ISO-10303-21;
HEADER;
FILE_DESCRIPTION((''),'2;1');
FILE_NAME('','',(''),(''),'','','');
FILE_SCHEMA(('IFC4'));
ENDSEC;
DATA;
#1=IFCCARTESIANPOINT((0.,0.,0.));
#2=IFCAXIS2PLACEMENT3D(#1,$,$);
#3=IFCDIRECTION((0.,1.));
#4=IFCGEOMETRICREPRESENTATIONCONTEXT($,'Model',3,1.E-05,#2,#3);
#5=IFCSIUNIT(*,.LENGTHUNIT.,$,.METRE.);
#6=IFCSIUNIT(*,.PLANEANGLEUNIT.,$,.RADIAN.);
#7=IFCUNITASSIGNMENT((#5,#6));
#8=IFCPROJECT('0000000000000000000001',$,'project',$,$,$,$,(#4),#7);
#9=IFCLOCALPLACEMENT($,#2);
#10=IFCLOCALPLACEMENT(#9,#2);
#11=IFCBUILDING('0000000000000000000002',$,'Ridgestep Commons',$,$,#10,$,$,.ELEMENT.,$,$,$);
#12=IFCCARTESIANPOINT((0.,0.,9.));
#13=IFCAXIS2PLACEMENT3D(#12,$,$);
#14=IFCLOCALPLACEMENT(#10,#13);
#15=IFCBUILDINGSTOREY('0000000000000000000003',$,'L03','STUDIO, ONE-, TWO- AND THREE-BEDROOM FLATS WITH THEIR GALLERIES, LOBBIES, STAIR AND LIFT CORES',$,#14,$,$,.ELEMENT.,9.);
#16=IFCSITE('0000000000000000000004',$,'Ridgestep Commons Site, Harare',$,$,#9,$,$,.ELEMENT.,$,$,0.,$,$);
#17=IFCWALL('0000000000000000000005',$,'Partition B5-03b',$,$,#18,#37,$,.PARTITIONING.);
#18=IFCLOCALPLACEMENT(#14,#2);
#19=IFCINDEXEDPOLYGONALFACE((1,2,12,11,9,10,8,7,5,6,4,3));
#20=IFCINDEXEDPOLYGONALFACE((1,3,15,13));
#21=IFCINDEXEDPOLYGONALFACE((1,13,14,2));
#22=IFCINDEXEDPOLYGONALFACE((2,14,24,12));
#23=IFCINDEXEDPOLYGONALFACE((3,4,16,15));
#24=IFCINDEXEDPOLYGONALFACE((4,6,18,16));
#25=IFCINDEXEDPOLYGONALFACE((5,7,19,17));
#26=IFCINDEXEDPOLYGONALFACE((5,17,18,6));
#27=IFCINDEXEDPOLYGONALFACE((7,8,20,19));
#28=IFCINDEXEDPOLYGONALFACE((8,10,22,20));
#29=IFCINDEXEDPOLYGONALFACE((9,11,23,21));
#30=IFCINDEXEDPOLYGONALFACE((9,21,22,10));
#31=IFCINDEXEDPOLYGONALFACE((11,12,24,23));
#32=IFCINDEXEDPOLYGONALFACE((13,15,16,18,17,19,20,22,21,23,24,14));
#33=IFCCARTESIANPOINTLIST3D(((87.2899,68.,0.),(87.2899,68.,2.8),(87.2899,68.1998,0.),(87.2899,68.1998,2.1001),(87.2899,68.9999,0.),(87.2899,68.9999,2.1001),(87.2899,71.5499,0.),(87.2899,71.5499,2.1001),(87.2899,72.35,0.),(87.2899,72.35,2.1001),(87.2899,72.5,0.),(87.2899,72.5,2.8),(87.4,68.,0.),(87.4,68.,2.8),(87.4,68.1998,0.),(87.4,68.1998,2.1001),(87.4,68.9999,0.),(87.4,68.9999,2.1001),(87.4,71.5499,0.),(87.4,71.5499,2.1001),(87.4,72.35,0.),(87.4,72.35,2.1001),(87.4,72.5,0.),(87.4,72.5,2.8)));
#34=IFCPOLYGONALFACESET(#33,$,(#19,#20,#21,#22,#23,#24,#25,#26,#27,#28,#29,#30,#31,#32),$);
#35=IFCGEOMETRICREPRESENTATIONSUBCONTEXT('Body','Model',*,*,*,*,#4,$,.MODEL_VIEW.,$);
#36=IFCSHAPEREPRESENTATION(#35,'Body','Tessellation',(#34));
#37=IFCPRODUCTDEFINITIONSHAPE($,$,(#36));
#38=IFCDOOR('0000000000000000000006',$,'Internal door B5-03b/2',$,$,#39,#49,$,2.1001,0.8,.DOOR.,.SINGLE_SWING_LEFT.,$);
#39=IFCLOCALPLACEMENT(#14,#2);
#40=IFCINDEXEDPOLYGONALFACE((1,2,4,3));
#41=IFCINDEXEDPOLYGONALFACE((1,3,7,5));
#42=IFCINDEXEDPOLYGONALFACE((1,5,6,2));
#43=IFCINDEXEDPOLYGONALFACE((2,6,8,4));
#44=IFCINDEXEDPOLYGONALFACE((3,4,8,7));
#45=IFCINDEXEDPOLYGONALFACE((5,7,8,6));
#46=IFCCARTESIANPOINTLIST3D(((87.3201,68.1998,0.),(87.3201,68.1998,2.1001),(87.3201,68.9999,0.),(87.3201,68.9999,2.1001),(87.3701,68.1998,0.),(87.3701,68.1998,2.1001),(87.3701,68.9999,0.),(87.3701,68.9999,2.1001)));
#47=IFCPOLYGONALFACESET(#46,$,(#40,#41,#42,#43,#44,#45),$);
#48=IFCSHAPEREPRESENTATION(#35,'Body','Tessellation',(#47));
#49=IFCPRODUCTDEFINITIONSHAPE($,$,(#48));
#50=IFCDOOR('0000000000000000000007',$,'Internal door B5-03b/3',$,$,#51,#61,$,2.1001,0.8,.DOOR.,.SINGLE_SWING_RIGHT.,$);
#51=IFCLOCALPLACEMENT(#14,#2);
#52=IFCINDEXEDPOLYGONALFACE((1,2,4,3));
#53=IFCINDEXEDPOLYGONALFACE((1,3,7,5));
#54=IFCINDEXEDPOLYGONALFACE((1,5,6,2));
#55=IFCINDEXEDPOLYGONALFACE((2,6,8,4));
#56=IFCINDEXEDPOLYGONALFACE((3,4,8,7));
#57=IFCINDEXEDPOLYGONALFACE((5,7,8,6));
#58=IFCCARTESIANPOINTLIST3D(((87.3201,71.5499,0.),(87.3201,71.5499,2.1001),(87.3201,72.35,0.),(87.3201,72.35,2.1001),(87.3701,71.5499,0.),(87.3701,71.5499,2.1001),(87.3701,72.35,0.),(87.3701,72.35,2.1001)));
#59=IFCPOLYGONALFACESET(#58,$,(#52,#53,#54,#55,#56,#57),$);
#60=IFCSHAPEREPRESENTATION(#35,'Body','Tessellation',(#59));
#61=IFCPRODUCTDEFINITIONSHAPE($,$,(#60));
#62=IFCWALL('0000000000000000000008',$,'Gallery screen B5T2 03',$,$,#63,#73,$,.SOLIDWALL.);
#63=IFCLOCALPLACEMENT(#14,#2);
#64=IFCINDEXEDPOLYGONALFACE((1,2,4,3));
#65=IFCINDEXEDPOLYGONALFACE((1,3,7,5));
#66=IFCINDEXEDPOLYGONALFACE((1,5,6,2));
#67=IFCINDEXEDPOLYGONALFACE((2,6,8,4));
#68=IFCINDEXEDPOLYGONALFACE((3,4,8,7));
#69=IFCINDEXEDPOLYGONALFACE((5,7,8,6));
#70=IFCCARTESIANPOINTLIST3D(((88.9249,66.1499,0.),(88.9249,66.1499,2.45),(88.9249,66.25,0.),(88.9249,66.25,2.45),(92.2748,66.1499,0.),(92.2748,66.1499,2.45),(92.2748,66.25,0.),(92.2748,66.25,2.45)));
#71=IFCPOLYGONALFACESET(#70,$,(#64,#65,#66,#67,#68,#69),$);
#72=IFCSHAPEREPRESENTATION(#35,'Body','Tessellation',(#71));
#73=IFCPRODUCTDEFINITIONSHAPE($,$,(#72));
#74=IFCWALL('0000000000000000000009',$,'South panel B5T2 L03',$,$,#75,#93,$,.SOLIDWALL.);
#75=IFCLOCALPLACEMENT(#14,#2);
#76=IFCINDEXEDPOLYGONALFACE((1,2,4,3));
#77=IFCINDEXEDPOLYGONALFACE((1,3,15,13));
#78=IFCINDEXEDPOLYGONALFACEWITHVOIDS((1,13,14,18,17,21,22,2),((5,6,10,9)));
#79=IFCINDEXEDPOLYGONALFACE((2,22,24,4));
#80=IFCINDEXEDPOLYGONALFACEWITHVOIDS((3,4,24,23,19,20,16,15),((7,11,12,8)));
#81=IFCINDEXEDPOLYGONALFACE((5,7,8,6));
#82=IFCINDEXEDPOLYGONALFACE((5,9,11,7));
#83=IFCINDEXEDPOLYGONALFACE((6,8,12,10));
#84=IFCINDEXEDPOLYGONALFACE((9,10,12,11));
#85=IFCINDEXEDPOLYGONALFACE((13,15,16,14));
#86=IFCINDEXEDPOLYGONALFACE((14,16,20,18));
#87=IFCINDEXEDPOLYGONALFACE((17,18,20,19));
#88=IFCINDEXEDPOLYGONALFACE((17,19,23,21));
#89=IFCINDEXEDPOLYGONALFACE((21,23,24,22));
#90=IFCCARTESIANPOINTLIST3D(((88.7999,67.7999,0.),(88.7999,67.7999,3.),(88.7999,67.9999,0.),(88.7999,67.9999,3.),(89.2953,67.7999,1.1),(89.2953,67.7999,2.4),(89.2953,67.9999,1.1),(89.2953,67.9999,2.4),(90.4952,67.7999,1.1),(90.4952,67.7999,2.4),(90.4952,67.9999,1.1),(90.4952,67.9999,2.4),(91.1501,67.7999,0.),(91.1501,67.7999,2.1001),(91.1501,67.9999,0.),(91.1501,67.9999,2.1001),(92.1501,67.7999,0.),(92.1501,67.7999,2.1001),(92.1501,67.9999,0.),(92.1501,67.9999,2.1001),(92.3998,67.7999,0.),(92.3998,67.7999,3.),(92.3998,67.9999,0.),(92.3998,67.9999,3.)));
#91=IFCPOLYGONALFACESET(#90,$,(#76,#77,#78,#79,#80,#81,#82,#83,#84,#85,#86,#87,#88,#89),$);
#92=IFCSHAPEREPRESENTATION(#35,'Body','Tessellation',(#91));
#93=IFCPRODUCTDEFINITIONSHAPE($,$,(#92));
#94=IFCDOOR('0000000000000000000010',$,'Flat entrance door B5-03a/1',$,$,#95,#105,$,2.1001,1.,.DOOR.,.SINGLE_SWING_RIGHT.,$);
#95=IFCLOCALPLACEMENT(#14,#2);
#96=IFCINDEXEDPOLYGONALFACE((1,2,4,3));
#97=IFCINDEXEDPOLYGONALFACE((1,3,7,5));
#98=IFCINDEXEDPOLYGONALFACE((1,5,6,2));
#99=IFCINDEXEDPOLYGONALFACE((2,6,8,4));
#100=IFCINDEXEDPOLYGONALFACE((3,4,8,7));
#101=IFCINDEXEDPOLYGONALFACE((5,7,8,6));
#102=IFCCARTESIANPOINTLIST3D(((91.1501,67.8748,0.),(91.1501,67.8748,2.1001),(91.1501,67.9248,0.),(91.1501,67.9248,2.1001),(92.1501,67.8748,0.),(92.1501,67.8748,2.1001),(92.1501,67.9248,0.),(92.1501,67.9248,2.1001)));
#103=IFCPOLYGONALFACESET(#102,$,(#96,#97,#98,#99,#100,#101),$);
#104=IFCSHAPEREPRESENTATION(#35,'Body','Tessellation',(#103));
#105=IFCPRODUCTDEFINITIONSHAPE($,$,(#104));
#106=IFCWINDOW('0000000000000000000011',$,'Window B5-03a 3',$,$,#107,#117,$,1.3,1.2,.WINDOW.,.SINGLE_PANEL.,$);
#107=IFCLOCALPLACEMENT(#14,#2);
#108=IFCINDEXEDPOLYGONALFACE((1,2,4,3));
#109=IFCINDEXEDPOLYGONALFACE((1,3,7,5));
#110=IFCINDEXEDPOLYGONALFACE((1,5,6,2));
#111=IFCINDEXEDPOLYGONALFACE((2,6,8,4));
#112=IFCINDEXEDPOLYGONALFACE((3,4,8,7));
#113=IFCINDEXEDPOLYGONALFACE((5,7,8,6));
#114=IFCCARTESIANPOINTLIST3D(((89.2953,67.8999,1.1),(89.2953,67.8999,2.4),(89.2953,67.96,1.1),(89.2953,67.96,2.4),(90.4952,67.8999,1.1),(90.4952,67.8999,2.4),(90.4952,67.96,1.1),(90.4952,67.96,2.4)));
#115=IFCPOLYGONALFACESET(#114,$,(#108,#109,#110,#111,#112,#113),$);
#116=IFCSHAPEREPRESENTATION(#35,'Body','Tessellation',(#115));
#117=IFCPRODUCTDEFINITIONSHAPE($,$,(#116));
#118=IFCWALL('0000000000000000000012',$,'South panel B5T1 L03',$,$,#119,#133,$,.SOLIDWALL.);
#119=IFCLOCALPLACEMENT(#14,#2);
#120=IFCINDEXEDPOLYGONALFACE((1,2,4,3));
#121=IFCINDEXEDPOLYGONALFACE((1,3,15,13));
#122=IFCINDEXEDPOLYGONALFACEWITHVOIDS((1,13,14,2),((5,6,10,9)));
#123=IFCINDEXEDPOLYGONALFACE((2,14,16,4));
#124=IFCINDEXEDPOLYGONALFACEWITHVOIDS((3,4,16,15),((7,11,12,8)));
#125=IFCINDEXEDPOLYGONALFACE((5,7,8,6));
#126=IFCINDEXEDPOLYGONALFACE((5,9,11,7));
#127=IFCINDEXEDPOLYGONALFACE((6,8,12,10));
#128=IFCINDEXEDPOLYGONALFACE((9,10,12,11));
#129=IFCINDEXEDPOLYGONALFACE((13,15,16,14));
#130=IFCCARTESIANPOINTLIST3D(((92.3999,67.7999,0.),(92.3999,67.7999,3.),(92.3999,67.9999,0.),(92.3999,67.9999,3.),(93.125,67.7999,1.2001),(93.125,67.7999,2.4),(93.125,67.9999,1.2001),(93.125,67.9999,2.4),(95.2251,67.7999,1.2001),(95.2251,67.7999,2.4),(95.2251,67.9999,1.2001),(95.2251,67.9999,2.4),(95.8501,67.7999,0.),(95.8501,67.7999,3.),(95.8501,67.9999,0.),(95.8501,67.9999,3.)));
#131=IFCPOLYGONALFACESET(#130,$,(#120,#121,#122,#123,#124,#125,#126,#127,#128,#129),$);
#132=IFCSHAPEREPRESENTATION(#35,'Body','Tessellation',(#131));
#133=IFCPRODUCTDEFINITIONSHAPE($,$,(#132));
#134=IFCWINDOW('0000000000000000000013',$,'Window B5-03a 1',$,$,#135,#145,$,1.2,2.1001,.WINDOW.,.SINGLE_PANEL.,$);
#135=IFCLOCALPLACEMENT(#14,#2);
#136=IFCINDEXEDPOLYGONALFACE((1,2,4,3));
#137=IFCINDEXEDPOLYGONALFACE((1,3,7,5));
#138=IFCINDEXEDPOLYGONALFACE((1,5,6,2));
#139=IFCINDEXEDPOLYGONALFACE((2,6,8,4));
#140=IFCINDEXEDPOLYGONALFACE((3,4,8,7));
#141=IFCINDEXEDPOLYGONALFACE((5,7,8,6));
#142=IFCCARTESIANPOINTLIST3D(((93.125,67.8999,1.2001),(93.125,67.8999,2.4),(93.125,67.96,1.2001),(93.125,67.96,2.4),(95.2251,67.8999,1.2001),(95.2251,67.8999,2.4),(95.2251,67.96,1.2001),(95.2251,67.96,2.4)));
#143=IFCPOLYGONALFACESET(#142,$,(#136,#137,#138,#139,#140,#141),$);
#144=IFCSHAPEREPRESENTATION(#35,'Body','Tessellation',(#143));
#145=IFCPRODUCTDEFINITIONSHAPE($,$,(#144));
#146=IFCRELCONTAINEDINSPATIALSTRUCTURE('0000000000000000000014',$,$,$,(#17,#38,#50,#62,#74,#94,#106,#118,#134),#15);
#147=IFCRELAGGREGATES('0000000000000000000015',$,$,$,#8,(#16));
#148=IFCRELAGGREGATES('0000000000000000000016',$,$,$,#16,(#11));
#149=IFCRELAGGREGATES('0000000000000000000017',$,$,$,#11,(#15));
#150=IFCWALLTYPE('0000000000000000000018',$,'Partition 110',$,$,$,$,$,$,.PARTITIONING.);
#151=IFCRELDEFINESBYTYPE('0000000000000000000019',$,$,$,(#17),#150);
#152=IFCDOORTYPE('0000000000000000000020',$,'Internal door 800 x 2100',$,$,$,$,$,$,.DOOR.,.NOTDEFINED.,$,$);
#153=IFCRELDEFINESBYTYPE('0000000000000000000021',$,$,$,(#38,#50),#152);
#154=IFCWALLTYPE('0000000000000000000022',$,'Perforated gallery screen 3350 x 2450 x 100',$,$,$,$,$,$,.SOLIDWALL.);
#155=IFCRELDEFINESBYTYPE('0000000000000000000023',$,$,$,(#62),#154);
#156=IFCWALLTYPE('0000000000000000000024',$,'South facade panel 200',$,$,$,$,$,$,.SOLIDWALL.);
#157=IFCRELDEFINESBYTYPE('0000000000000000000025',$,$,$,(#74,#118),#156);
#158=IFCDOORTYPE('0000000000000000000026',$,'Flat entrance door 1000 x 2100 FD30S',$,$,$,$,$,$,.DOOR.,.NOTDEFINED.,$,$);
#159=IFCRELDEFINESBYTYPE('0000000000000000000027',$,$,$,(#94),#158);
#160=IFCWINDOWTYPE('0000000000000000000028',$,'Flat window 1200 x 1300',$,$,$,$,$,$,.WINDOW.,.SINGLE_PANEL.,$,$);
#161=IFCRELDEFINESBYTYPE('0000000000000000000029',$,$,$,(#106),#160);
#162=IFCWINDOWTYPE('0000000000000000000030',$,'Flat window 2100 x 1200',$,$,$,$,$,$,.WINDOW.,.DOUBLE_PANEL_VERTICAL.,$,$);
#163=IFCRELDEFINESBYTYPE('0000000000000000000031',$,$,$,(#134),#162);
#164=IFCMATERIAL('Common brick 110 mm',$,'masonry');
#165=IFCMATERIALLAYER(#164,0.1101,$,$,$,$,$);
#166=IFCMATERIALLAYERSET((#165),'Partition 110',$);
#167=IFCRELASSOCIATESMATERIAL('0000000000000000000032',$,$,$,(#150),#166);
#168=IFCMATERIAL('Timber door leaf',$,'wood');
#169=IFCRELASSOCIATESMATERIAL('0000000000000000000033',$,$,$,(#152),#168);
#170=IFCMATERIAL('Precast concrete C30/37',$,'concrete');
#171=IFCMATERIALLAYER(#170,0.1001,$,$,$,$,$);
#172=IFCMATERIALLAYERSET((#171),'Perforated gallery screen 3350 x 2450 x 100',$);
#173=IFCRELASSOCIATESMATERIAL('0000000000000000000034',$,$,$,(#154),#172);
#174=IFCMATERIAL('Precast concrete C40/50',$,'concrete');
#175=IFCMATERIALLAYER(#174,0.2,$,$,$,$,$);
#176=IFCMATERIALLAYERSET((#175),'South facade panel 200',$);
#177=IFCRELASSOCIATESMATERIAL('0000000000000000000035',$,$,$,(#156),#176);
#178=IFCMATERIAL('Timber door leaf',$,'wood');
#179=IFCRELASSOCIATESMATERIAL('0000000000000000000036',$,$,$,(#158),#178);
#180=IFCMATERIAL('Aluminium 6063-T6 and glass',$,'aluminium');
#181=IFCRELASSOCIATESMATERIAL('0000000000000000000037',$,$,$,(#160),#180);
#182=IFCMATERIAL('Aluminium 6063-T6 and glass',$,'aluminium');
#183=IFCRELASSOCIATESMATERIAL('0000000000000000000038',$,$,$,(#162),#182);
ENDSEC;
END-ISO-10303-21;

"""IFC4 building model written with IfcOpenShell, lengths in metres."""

from ifc_helpers import new_model, si_unit, direction, frame, frame_2d, origin, place, context, subcontext, project, spatial, rectangle, extrude, material, layer, layer_set, type_object, element, fill, save


model = new_model("IFC4")

# Units and contexts
model_context = context("Model", 3, precision=1e-05, world=origin(), true_north=direction((0.0, 1.0)))
body_context = subcontext(model_context, "Body", "Model", "MODEL_VIEW")
ifc_project = project(units=[si_unit("LENGTHUNIT", "METRE"), si_unit("PLANEANGLEUNIT", "RADIAN")], contexts=[model_context])

# Site, building, storey
site_placement = place(None, origin())
site = spatial("IfcSite", under=ifc_project, at=site_placement, Name="Ridgestep Commons Site, Harare", CompositionType="ELEMENT", RefElevation=0.0)
building_placement = place(site_placement, origin())
building = spatial("IfcBuilding", under=site, at=building_placement, Name="Ridgestep Commons", CompositionType="ELEMENT")
storey_placement = place(building_placement, frame((0.0, 0.0, 9.0)))
storey = spatial("IfcBuildingStorey", under=building, at=storey_placement, Name="L03", Description="STUDIO, ONE-, TWO- AND THREE-BEDROOM FLATS WITH THEIR GALLERIES, LOBBIES, STAIR AND LIFT CORES", CompositionType="ELEMENT", Elevation=9.0)

# Shared definitions
ifc_material_1 = material(Name="Common brick 110 mm", Category="masonry")
ifc_layer_1 = layer(ifc_material_1, 0.1101)
ifc_layer_set_1 = layer_set([ifc_layer_1], Name="Partition 110")
wall_type_1 = type_object("IfcWallType", Name="Partition 110", PredefinedType="PARTITIONING", material=ifc_layer_set_1)

# Wall, openings, doors
ifc_material_2 = material(Name="Timber door leaf", Category="wood")
door_type_1 = type_object("IfcDoorType", Name="Internal door 800 x 2100", OperationType="NOTDEFINED", PredefinedType="DOOR", material=ifc_material_2)
wall_1_placement = place(storey_placement, frame((87.345, 68.0, 0.0), z_axis=(0.0, 0.0, 1.0), x_axis=(0.0, 1.0, 0.0)))
wall_1 = element("IfcWall", 1, at=wall_1_placement, inside=storey, type_object=wall_type_1, Name="Partition B5-03b", PredefinedType="PARTITIONING", context=body_context, shape_type="SweptSolid", body=[
    extrude(rectangle(XDim=4.5, YDim=0.1101, at=frame_2d((2.25, 0.0))), origin(), (0.0, 0.0, 1.0), 2.8),
])
opening_1_placement = place(wall_1_placement, frame((0.2, 0.0, 0.0)))
opening_1 = element("IfcOpeningElement", 2, at=opening_1_placement, cuts=wall_1, PredefinedType="OPENING", context=body_context, shape_type="SweptSolid", body=[
    extrude(rectangle(XDim=0.8, YDim=2.1001, at=frame_2d((0.3999, 1.05))), frame((0.0, 0.0649, 0.0), z_axis=(0.0, -1.0, 0.0), x_axis=(1.0, 0.0, 0.0)), (0.0, 0.0, 1.0), 0.1301),
])
opening_2_placement = place(wall_1_placement, frame((3.55, 0.0, 0.0)))
opening_2 = element("IfcOpeningElement", 3, at=opening_2_placement, cuts=wall_1, PredefinedType="OPENING", context=body_context, shape_type="SweptSolid", body=[
    extrude(rectangle(XDim=0.8, YDim=2.1001, at=frame_2d((0.3999, 1.05))), frame((0.0, 0.0649, 0.0), z_axis=(0.0, -1.0, 0.0), x_axis=(1.0, 0.0, 0.0)), (0.0, 0.0, 1.0), 0.1301),
])
door_1_placement = place(opening_1_placement, origin())
door_1 = element("IfcDoor", 4, at=door_1_placement, inside=storey, type_object=door_type_1, Name="Internal door B5-03b/2", OperationType="SINGLE_SWING_LEFT", OverallHeight=2.1001, OverallWidth=0.8, PredefinedType="DOOR", context=body_context, shape_type="SweptSolid", body=[
    extrude(rectangle(XDim=0.8, YDim=2.1001, at=frame_2d((0.3999, 1.05))), frame((0.0, 0.0249, 0.0), z_axis=(0.0, -1.0, 0.0), x_axis=(1.0, 0.0, 0.0)), (0.0, 0.0, 1.0), 0.05),
])
fill(opening_1, door_1)
door_2_placement = place(opening_2_placement, origin())
door_2 = element("IfcDoor", 5, at=door_2_placement, inside=storey, type_object=door_type_1, Name="Internal door B5-03b/3", OperationType="SINGLE_SWING_RIGHT", OverallHeight=2.1001, OverallWidth=0.8, PredefinedType="DOOR", context=body_context, shape_type="SweptSolid", body=[
    extrude(rectangle(XDim=0.8, YDim=2.1001, at=frame_2d((0.3999, 1.05))), frame((0.0, 0.0249, 0.0), z_axis=(0.0, -1.0, 0.0), x_axis=(1.0, 0.0, 0.0)), (0.0, 0.0, 1.0), 0.05),
])
fill(opening_2, door_2)

# Wall
ifc_material_3 = material(Name="Precast concrete C30/37", Category="concrete")
ifc_layer_2 = layer(ifc_material_3, 0.1001)
ifc_layer_set_2 = layer_set([ifc_layer_2], Name="Perforated gallery screen 3350 x 2450 x 100")
wall_type_2 = type_object("IfcWallType", Name="Perforated gallery screen 3350 x 2450 x 100", PredefinedType="SOLIDWALL", material=ifc_layer_set_2)
wall_2_placement = place(storey_placement, frame((88.925, 66.2, 0.0), z_axis=(0.0, 0.0, 1.0), x_axis=(1.0, 0.0, 0.0)))
element("IfcWall", 6, at=wall_2_placement, inside=storey, type_object=wall_type_2, Name="Gallery screen B5T2 03", PredefinedType="SOLIDWALL", context=body_context, shape_type="SweptSolid", body=[
    extrude(rectangle(XDim=3.3499, YDim=0.1001, at=frame_2d((1.6748, 0.0))), origin(), (0.0, 0.0, 1.0), 2.45),
])

# Wall, openings, door, window
ifc_material_4 = material(Name="Precast concrete C40/50", Category="concrete")
ifc_layer_3 = layer(ifc_material_4, 0.2)
ifc_layer_set_3 = layer_set([ifc_layer_3], Name="South facade panel 200")
wall_type_3 = type_object("IfcWallType", Name="South facade panel 200", PredefinedType="SOLIDWALL", material=ifc_layer_set_3)
wall_3_placement = place(storey_placement, frame((88.8, 67.8999, 0.0), z_axis=(0.0, 0.0, 1.0), x_axis=(1.0, 0.0, 0.0)))
wall_3 = element("IfcWall", 7, at=wall_3_placement, inside=storey, type_object=wall_type_3, Name="South panel B5T2 L03", PredefinedType="SOLIDWALL", context=body_context, shape_type="SweptSolid", body=[
    extrude(rectangle(XDim=3.5999, YDim=0.2, at=frame_2d((1.7998, 0.0))), origin(), (0.0, 0.0, 1.0), 3.0),
])
opening_3_placement = place(wall_3_placement, frame((0.4951, 0.0, 1.1001)))
opening_3 = element("IfcOpeningElement", 8, at=opening_3_placement, cuts=wall_3, PredefinedType="OPENING", context=body_context, shape_type="SweptSolid", body=[
    extrude(rectangle(XDim=1.2, YDim=1.3, at=frame_2d((0.6001, 0.6499))), frame((0.0, 0.1099, 0.0), z_axis=(0.0, -1.0, 0.0), x_axis=(1.0, 0.0, 0.0)), (0.0, 0.0, 1.0), 0.22),
])
opening_4_placement = place(wall_3_placement, frame((2.3501, 0.0, 0.0)))
opening_4 = element("IfcOpeningElement", 9, at=opening_4_placement, cuts=wall_3, PredefinedType="OPENING", context=body_context, shape_type="SweptSolid", body=[
    extrude(rectangle(XDim=1.0, YDim=2.1001, at=frame_2d((0.5, 1.05))), frame((0.0, 0.1099, 0.0), z_axis=(0.0, -1.0, 0.0), x_axis=(1.0, 0.0, 0.0)), (0.0, 0.0, 1.0), 0.22),
])
ifc_material_5 = material(Name="Timber door leaf", Category="wood")
door_type_2 = type_object("IfcDoorType", Name="Flat entrance door 1000 x 2100 FD30S", OperationType="NOTDEFINED", PredefinedType="DOOR", material=ifc_material_5)
door_3_placement = place(opening_4_placement, origin())
door_3 = element("IfcDoor", 10, at=door_3_placement, inside=storey, type_object=door_type_2, Name="Flat entrance door B5-03a/1", OperationType="SINGLE_SWING_RIGHT", OverallHeight=2.1001, OverallWidth=1.0, PredefinedType="DOOR", context=body_context, shape_type="SweptSolid", body=[
    extrude(rectangle(XDim=1.0, YDim=2.1001, at=frame_2d((0.5, 1.05))), frame((0.0, 0.0249, 0.0), z_axis=(0.0, -1.0, 0.0), x_axis=(1.0, 0.0, 0.0)), (0.0, 0.0, 1.0), 0.05),
])
fill(opening_4, door_3)
ifc_material_6 = material(Name="Aluminium 6063-T6 and glass", Category="aluminium")
window_type_1 = type_object("IfcWindowType", Name="Flat window 1200 x 1300", PartitioningType="SINGLE_PANEL", PredefinedType="WINDOW", material=ifc_material_6)
window_1_placement = place(opening_3_placement, origin())
window_1 = element("IfcWindow", 11, at=window_1_placement, inside=storey, type_object=window_type_1, Name="Window B5-03a 3", OverallHeight=1.3, OverallWidth=1.2, PartitioningType="SINGLE_PANEL", PredefinedType="WINDOW", context=body_context, shape_type="SweptSolid", body=[
    extrude(rectangle(XDim=1.2, YDim=1.3, at=frame_2d((0.6001, 0.6499))), frame((0.0, 0.0601, 0.0), z_axis=(0.0, -1.0, 0.0), x_axis=(1.0, 0.0, 0.0)), (0.0, 0.0, 1.0), 0.0601),
])
fill(opening_3, window_1)

# Wall, opening, window
wall_4_placement = place(storey_placement, frame((92.3999, 67.8999, 0.0), z_axis=(0.0, 0.0, 1.0), x_axis=(1.0, 0.0, 0.0)))
wall_4 = element("IfcWall", 12, at=wall_4_placement, inside=storey, type_object=wall_type_3, Name="South panel B5T1 L03", PredefinedType="SOLIDWALL", context=body_context, shape_type="SweptSolid", body=[
    extrude(rectangle(XDim=3.4502, YDim=0.2, at=frame_2d((1.7251, 0.0))), origin(), (0.0, 0.0, 1.0), 3.0),
])
opening_5_placement = place(wall_4_placement, frame((0.7251, 0.0, 1.2)))
opening_5 = element("IfcOpeningElement", 13, at=opening_5_placement, cuts=wall_4, PredefinedType="OPENING", context=body_context, shape_type="SweptSolid", body=[
    extrude(rectangle(XDim=2.1001, YDim=1.2, at=frame_2d((1.05, 0.6001))), frame((0.0, 0.1099, 0.0), z_axis=(0.0, -1.0, 0.0), x_axis=(1.0, 0.0, 0.0)), (0.0, 0.0, 1.0), 0.22),
])
ifc_material_7 = material(Name="Aluminium 6063-T6 and glass", Category="aluminium")
window_type_2 = type_object("IfcWindowType", Name="Flat window 2100 x 1200", PartitioningType="DOUBLE_PANEL_VERTICAL", PredefinedType="WINDOW", material=ifc_material_7)
window_2_placement = place(opening_5_placement, origin())
window_2 = element("IfcWindow", 14, at=window_2_placement, inside=storey, type_object=window_type_2, Name="Window B5-03a 1", OverallHeight=1.2, OverallWidth=2.1001, PartitioningType="SINGLE_PANEL", PredefinedType="WINDOW", context=body_context, shape_type="SweptSolid", body=[
    extrude(rectangle(XDim=2.1001, YDim=1.2, at=frame_2d((1.05, 0.6001))), frame((0.0, 0.0601, 0.0), z_axis=(0.0, -1.0, 0.0), x_axis=(1.0, 0.0, 0.0)), (0.0, 0.0, 1.0), 0.0601),
])
fill(opening_5, window_2)

save(model, "model.ifc")
